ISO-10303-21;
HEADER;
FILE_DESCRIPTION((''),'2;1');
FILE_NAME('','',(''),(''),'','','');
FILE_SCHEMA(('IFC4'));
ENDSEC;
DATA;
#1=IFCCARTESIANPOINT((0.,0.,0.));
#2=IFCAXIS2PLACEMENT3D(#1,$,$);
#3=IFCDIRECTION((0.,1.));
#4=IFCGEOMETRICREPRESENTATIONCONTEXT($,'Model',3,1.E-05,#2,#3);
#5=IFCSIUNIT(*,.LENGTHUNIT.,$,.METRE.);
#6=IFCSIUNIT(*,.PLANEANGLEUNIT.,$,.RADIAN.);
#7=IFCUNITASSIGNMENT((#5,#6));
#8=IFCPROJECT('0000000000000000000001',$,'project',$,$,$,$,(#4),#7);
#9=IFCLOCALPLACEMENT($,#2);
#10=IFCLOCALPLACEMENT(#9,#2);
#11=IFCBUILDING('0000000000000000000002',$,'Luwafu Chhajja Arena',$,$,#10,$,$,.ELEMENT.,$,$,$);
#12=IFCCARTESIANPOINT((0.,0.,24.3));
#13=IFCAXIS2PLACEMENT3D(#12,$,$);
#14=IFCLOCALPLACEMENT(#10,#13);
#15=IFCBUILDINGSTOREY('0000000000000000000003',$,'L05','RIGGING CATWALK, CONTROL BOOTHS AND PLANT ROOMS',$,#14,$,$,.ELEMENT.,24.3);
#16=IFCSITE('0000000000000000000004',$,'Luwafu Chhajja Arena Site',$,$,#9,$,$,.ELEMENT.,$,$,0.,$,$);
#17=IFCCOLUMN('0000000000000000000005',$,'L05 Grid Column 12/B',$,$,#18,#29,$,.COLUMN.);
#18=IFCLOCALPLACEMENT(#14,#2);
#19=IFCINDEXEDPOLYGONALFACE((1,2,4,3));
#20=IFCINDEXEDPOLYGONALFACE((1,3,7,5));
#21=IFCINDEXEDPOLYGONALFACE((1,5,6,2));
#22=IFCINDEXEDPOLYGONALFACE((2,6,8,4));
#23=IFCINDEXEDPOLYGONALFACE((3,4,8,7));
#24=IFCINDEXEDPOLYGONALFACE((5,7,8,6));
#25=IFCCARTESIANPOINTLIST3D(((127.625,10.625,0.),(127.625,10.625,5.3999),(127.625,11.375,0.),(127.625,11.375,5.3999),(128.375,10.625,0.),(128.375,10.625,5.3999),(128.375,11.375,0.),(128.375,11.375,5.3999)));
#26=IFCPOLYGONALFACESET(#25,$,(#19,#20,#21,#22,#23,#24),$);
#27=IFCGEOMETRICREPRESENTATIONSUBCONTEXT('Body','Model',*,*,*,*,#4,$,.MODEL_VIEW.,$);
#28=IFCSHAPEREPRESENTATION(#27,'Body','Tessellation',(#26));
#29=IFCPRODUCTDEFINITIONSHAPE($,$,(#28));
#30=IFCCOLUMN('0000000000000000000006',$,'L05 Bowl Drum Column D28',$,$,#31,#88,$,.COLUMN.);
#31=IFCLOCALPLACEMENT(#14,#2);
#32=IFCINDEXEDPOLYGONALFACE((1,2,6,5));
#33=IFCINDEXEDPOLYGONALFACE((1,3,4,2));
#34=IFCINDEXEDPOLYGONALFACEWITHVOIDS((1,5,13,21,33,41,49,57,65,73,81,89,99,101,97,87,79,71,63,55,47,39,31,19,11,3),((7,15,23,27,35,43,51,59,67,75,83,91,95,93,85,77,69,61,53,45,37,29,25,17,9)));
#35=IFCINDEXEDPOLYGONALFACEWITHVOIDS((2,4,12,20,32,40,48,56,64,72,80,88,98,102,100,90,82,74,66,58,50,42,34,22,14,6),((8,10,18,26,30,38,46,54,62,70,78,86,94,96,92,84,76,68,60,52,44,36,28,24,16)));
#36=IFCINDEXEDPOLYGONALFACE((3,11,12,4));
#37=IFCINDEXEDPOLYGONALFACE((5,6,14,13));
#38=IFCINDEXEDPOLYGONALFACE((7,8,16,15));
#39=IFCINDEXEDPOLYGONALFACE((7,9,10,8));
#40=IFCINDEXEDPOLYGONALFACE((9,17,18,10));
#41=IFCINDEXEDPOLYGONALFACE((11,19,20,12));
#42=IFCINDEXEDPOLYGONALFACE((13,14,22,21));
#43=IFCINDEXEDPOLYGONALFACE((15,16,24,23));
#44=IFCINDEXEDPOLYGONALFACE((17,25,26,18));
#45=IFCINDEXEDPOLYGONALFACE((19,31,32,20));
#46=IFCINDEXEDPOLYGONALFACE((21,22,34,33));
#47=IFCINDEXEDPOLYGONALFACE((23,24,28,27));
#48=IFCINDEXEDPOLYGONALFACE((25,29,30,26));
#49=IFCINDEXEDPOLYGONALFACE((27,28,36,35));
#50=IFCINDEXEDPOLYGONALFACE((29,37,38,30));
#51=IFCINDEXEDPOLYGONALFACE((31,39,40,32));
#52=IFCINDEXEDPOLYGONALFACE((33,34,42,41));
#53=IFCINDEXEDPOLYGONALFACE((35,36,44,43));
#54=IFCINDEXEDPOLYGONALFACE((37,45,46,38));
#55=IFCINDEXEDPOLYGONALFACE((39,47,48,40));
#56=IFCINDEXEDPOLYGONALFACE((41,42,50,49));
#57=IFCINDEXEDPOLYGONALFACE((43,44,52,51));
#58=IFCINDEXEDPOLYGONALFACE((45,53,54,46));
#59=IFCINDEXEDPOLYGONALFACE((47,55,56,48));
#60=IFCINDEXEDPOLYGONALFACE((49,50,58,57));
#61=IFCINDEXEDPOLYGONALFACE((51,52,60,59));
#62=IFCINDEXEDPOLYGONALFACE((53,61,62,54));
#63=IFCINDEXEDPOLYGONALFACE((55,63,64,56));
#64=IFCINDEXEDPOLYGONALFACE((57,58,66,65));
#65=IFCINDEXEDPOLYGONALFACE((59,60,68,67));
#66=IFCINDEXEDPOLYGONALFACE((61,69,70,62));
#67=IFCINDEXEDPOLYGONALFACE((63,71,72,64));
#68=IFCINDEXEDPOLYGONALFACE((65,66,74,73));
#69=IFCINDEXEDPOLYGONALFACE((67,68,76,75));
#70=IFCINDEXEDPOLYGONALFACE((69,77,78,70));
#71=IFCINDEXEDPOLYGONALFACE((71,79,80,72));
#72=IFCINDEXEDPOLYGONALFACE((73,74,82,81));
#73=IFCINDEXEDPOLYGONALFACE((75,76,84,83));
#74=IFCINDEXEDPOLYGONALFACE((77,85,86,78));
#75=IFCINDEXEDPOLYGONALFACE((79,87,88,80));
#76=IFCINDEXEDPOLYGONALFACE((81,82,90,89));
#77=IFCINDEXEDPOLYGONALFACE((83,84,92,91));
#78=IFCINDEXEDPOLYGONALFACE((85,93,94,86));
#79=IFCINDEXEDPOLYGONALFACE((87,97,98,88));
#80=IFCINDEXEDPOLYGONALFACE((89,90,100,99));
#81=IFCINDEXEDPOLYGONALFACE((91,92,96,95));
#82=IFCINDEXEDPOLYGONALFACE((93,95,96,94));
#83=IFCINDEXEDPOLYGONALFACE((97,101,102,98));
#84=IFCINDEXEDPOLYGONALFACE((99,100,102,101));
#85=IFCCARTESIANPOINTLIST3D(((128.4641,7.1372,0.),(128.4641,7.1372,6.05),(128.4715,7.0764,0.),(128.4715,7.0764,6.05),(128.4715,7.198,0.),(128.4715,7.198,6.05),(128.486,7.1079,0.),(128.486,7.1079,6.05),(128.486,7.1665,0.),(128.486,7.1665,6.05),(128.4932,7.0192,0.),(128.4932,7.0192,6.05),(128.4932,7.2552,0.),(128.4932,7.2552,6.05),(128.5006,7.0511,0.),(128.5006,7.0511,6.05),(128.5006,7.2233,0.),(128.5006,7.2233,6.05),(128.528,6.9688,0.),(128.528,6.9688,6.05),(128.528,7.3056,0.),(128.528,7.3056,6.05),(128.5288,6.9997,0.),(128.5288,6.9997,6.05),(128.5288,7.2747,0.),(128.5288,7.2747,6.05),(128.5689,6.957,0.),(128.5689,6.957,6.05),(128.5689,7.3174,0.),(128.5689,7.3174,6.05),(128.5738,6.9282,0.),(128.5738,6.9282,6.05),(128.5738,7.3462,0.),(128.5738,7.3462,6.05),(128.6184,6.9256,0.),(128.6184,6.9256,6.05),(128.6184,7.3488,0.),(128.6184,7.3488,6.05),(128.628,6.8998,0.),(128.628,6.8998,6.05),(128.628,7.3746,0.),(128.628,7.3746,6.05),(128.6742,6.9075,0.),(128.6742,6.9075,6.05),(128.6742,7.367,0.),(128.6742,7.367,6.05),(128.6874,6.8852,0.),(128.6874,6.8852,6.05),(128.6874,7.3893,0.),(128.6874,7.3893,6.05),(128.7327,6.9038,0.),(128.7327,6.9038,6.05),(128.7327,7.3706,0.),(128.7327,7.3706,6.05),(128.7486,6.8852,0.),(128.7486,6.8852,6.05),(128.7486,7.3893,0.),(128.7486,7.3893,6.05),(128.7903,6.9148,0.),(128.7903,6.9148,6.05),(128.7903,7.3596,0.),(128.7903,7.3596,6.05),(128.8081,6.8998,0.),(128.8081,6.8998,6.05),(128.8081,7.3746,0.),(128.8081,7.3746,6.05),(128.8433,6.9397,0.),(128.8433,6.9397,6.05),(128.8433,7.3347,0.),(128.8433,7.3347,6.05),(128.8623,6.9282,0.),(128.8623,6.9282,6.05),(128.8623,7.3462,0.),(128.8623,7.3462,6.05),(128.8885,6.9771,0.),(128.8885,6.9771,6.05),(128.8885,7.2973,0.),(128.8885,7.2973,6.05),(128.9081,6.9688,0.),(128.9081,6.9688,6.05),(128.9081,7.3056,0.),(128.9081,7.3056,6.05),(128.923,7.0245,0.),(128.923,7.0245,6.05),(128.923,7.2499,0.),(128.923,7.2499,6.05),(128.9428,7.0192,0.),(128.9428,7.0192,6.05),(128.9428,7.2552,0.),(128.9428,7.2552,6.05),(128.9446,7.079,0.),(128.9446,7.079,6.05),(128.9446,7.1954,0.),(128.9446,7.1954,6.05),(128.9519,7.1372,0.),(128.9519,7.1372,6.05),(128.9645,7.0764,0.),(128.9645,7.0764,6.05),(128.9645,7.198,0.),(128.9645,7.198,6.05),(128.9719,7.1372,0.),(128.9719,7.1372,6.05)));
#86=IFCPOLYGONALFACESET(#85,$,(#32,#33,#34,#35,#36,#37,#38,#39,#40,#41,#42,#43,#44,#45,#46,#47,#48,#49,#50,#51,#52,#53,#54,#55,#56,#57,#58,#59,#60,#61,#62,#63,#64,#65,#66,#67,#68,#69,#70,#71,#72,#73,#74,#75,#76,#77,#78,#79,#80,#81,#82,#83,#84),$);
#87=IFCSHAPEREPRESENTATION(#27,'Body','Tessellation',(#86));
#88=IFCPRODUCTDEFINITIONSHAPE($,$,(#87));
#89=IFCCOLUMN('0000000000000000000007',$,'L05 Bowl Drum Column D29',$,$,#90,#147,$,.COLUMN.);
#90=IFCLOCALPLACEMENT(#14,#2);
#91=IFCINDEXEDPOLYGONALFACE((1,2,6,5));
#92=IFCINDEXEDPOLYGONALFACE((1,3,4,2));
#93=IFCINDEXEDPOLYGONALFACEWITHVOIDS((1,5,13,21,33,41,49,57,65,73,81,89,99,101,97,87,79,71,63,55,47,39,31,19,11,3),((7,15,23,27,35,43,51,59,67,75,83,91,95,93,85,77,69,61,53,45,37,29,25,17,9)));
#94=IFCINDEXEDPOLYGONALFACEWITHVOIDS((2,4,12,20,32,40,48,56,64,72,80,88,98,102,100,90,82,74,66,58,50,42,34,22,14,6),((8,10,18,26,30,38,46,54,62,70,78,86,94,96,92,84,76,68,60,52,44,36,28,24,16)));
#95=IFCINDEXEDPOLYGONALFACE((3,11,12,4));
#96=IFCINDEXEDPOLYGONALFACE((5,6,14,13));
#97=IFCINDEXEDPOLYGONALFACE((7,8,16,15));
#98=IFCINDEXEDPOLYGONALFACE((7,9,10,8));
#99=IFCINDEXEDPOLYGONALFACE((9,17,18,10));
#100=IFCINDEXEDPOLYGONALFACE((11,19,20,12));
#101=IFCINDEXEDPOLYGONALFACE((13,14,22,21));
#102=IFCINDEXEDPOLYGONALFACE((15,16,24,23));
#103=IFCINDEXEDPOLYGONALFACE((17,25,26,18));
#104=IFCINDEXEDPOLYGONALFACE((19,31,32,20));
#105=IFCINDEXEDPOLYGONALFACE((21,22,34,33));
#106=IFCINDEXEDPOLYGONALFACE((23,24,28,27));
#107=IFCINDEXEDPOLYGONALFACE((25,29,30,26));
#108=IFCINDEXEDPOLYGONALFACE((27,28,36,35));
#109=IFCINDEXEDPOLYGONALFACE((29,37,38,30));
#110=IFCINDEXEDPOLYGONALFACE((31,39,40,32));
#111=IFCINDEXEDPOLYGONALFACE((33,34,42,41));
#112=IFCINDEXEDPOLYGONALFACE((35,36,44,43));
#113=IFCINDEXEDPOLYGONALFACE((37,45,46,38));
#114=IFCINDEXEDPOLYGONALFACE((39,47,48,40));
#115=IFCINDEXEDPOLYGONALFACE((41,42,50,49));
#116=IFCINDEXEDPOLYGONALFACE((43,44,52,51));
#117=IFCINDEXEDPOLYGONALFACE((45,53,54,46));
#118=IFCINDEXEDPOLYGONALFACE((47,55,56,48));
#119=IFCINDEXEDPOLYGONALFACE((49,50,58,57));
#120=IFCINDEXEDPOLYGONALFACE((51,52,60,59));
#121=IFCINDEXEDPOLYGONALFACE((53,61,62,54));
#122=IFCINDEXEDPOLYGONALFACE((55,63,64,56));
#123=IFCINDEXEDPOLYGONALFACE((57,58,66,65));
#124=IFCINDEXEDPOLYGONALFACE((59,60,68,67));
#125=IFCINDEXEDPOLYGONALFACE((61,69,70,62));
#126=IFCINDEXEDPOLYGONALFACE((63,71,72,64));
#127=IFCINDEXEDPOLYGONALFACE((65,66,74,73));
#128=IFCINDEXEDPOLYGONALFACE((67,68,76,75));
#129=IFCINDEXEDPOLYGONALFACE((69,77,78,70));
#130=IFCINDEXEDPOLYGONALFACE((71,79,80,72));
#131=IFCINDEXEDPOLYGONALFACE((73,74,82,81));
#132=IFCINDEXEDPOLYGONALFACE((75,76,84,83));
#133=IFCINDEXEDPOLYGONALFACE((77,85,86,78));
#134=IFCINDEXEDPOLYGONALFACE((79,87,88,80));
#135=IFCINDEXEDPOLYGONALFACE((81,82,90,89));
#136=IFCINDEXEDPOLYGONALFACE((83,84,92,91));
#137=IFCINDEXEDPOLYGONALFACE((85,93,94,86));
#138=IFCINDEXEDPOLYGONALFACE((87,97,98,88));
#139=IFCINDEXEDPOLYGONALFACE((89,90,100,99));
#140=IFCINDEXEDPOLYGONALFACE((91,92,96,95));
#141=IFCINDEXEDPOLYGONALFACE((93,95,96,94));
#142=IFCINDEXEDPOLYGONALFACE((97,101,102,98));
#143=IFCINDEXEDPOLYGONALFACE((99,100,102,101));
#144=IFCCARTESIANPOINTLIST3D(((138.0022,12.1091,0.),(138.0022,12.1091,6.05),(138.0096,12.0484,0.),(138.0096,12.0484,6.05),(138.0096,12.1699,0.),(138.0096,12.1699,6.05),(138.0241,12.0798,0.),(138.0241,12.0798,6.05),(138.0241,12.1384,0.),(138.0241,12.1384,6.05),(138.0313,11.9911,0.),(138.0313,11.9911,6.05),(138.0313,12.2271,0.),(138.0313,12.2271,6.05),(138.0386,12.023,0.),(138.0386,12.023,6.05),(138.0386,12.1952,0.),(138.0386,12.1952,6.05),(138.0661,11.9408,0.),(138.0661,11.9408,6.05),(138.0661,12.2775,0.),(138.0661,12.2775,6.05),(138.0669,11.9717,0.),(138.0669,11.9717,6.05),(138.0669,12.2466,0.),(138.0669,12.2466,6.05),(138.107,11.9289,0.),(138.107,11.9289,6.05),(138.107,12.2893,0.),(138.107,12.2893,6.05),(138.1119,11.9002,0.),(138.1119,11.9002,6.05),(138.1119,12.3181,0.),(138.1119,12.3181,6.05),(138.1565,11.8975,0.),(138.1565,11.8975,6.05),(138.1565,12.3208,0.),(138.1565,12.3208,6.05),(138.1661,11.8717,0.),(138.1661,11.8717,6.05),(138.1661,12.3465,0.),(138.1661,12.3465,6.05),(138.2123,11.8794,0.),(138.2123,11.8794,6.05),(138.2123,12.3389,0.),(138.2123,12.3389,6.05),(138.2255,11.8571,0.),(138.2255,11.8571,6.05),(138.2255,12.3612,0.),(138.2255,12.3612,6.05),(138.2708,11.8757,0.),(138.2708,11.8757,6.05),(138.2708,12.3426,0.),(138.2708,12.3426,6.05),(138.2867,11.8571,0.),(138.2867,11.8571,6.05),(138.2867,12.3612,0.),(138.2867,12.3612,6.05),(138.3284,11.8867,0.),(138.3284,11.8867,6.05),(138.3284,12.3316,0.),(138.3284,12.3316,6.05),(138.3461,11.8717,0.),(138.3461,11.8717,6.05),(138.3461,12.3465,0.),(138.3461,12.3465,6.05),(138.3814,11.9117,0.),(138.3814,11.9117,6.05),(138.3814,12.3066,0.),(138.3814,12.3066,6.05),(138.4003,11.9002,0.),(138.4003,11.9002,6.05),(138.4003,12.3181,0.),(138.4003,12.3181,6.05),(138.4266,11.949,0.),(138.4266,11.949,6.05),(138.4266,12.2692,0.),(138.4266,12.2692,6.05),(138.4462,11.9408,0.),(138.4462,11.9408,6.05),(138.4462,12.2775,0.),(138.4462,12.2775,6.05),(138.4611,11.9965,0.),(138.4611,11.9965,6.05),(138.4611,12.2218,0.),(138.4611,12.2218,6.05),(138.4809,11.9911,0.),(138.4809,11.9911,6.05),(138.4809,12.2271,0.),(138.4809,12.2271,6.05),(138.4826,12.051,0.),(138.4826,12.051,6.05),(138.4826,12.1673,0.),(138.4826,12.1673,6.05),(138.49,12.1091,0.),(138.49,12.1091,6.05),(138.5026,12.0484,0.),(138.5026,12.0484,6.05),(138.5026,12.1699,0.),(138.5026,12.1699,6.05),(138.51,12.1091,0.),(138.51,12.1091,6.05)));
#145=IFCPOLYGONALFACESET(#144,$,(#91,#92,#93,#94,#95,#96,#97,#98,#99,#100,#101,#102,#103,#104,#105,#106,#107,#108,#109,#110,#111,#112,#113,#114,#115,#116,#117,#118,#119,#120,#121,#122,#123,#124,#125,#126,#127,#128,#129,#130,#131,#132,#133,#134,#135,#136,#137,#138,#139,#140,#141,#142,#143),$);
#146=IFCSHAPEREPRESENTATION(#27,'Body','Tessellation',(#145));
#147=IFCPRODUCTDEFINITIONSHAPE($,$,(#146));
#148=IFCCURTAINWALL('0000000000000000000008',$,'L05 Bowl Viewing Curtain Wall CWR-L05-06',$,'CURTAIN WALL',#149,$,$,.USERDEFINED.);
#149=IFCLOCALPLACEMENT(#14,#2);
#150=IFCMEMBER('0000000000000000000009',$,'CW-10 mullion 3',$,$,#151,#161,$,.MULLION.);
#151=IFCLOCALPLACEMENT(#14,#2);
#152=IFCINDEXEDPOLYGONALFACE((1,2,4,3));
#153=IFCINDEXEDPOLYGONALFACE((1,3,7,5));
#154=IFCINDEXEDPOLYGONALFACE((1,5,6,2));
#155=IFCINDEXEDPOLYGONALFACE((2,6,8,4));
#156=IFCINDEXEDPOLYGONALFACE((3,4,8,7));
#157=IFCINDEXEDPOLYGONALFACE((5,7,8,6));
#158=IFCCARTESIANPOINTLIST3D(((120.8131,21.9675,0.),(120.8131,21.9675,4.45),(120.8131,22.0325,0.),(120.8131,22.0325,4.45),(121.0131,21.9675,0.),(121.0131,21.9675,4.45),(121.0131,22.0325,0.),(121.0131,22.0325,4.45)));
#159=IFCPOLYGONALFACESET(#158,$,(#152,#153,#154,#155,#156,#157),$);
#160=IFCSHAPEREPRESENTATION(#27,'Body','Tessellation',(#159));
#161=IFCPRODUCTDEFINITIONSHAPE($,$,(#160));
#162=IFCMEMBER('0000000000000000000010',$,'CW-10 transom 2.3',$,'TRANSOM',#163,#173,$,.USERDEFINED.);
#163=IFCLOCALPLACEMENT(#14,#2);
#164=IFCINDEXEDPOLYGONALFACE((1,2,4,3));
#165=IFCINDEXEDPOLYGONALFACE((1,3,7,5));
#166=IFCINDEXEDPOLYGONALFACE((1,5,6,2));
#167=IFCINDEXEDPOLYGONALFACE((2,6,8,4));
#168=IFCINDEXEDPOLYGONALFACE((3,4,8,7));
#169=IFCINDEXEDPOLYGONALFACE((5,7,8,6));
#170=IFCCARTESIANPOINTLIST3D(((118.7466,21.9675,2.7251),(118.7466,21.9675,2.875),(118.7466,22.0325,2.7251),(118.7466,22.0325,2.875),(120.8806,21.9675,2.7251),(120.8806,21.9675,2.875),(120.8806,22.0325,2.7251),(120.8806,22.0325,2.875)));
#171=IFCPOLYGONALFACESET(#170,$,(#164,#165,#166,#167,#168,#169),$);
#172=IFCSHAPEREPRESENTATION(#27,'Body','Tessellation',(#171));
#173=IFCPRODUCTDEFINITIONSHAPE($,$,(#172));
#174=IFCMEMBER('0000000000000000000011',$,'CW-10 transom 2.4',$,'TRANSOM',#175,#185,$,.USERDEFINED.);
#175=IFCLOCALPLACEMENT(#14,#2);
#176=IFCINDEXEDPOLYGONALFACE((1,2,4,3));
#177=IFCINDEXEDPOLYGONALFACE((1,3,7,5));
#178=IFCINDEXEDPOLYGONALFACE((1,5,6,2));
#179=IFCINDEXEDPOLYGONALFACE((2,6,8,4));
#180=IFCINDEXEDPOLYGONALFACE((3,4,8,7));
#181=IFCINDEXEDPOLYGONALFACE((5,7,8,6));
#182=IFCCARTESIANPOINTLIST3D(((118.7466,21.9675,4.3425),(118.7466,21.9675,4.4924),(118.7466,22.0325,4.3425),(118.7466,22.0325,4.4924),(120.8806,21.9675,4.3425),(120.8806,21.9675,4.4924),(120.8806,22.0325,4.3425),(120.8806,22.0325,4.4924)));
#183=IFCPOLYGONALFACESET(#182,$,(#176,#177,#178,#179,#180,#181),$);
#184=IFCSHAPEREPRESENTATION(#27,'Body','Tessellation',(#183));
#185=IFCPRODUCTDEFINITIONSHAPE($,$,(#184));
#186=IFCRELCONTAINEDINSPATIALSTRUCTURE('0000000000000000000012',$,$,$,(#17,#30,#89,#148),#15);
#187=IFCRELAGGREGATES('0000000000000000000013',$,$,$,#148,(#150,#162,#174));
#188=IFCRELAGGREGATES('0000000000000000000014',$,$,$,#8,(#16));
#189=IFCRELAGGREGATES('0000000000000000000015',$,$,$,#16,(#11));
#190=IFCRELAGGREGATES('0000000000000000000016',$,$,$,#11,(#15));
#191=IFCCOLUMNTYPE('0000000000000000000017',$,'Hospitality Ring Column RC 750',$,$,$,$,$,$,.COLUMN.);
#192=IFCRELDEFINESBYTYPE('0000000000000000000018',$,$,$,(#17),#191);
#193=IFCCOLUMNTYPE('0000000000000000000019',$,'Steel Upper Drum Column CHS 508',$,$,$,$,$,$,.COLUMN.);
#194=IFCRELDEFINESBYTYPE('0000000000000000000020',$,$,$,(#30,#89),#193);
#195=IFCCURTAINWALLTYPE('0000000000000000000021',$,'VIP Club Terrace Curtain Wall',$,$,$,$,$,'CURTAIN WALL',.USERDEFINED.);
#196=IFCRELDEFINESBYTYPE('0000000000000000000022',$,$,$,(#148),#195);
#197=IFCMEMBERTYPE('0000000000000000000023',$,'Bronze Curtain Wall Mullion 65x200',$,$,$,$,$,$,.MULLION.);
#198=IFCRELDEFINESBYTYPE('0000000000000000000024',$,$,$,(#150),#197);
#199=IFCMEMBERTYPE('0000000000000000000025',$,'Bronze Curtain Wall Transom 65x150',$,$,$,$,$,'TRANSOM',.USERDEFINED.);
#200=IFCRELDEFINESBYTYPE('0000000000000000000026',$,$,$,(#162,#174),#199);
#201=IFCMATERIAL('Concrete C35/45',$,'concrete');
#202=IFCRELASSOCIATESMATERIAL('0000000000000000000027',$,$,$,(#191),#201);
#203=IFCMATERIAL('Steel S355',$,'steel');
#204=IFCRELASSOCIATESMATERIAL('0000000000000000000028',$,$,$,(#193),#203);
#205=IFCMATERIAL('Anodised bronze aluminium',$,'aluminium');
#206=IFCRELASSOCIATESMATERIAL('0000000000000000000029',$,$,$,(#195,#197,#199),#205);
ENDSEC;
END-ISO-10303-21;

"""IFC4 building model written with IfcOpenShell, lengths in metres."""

from ifc_helpers import new_model, si_unit, direction, frame, origin, origin_2d, place, context, subcontext, project, spatial, rectangle, hollow_circle, extrude, material, material_profile, profile_set, type_object, element, aggregate, save


model = new_model("IFC4")

# Units and contexts
model_context = context("Model", 3, precision=1e-05, world=origin(), true_north=direction((0.0, 1.0)))
body_context = subcontext(model_context, "Body", "Model", "MODEL_VIEW")
ifc_project = project(units=[si_unit("LENGTHUNIT", "METRE"), si_unit("PLANEANGLEUNIT", "RADIAN")], contexts=[model_context])

# Site, building, storey
site_placement = place(None, origin())
site = spatial("IfcSite", under=ifc_project, at=site_placement, Name="Luwafu Chhajja Arena Site", CompositionType="ELEMENT", RefElevation=0.0)
building_placement = place(site_placement, origin())
building = spatial("IfcBuilding", under=site, at=building_placement, Name="Luwafu Chhajja Arena", CompositionType="ELEMENT")
storey_placement = place(building_placement, frame((0.0, 0.0, 24.3)))
storey = spatial("IfcBuildingStorey", under=building, at=storey_placement, Name="L05", Description="RIGGING CATWALK, CONTROL BOOTHS AND PLANT ROOMS", CompositionType="ELEMENT", Elevation=24.3)

# Columns
ifc_material_1 = material(Name="Concrete C35/45", Category="concrete")
ifc_material_profile_1 = material_profile(ifc_material_1, rectangle(XDim=0.75, YDim=0.75, at=origin_2d()), Name="RC 750x750")
ifc_profile_set_1 = profile_set([ifc_material_profile_1], Name="Concrete C35/45")
column_type_1 = type_object("IfcColumnType", Name="Hospitality Ring Column RC 750", PredefinedType="COLUMN", material=ifc_profile_set_1)
column_placement = place(storey_placement, frame((128.0, 11.0, 0.0), z_axis=(0.0, 0.0, 1.0), x_axis=(1.0, 0.0, 0.0)))
element("IfcColumn", 1, at=column_placement, inside=storey, type_object=column_type_1, Name="L05 Grid Column 12/B", PredefinedType="COLUMN", context=body_context, shape_type="SweptSolid", body=[
    extrude(rectangle(XDim=0.75, YDim=0.75, at=origin_2d()), origin(), (0.0, 0.0, 1.0), 5.3999),
])
ifc_material_2 = material(Name="Steel S355", Category="steel")
ifc_material_profile_2 = material_profile(ifc_material_2, hollow_circle(Radius=0.2539, WallThickness=0.02, at=origin_2d()), Name="CHS 508x20")
ifc_profile_set_2 = profile_set([ifc_material_profile_2], Name="Steel S355")
column_type_2 = type_object("IfcColumnType", Name="Steel Upper Drum Column CHS 508", PredefinedType="COLUMN", material=ifc_profile_set_2)
for number, where, z_axis, x_axis, name in (
    (2, (128.718, 7.1372, 0.0), (0.0, 0.0, 1.0), (1.0, 0.0, 0.0), "L05 Bowl Drum Column D28"),
    (3, (138.2561, 12.1091, 0.0), (0.0, 0.0, 1.0), (1.0, 0.0, 0.0), "L05 Bowl Drum Column D29"),
):
    element("IfcColumn", number, at=place(storey_placement, frame(where, z_axis=z_axis, x_axis=x_axis)), inside=storey, type_object=column_type_2, Name=name, PredefinedType="COLUMN", context=body_context, shape_type="SweptSolid", body=[
        extrude(hollow_circle(Radius=0.2539, WallThickness=0.02, at=origin_2d()), origin(), (0.0, 0.0, 1.0), 6.05),
    ])

# Curtain wall, members
ifc_material_3 = material(Name="Anodised bronze aluminium", Category="aluminium")
curtain_wall_type = type_object("IfcCurtainWallType", Name="VIP Club Terrace Curtain Wall", ElementType="CURTAIN WALL", PredefinedType="USERDEFINED", material=ifc_material_3)
curtain_wall_placement = place(storey_placement, origin())
curtain_wall = element("IfcCurtainWall", 4, at=curtain_wall_placement, inside=storey, type_object=curtain_wall_type, Name="L05 Bowl Viewing Curtain Wall CWR-L05-06", ObjectType="CURTAIN WALL", PredefinedType="USERDEFINED")
ifc_material_profile_3 = material_profile(ifc_material_3, rectangle(XDim=0.0649, YDim=0.2, at=origin_2d()), Name="CWM 65x200")
ifc_profile_set_3 = profile_set([ifc_material_profile_3], Name="Anodised bronze aluminium")
member_type_1 = type_object("IfcMemberType", Name="Bronze Curtain Wall Mullion 65x200", PredefinedType="MULLION", material=ifc_profile_set_3)
member_1_placement = place(storey_placement, frame((120.9131, 22.0, 0.0), z_axis=(0.0, 0.0, 1.0), x_axis=(0.0, 1.0, 0.0)))
member_1 = element("IfcMember", 5, at=member_1_placement, type_object=member_type_1, Name="CW-10 mullion 3", PredefinedType="MULLION", context=body_context, shape_type="SweptSolid", body=[
    extrude(rectangle(XDim=0.0649, YDim=0.2, at=origin_2d()), origin(), (0.0, 0.0, 1.0), 4.45),
])
ifc_material_profile_4 = material_profile(ifc_material_3, rectangle(XDim=0.0649, YDim=0.1499, at=origin_2d()), Name="CWT 65x150")
ifc_profile_set_4 = profile_set([ifc_material_profile_4], Name="Anodised bronze aluminium")
member_type_2 = type_object("IfcMemberType", Name="Bronze Curtain Wall Transom 65x150", ElementType="TRANSOM", PredefinedType="USERDEFINED", material=ifc_profile_set_4)
member_2_placement = place(storey_placement, frame((118.7466, 22.0, 2.8), z_axis=(1.0, 0.0, 0.0), x_axis=(0.0, 1.0, 0.0)))
member_2 = element("IfcMember", 6, at=member_2_placement, type_object=member_type_2, Name="CW-10 transom 2.3", ObjectType="TRANSOM", PredefinedType="USERDEFINED", context=body_context, shape_type="SweptSolid", body=[
    extrude(rectangle(XDim=0.0649, YDim=0.1499, at=origin_2d()), origin(), (0.0, 0.0, 1.0), 2.134),
])
member_3_placement = place(storey_placement, frame((118.7466, 22.0, 4.4175), z_axis=(1.0, 0.0, 0.0), x_axis=(0.0, 1.0, 0.0)))
member_3 = element("IfcMember", 7, at=member_3_placement, type_object=member_type_2, Name="CW-10 transom 2.4", ObjectType="TRANSOM", PredefinedType="USERDEFINED", context=body_context, shape_type="SweptSolid", body=[
    extrude(rectangle(XDim=0.0649, YDim=0.1499, at=origin_2d()), origin(), (0.0, 0.0, 1.0), 2.134),
])

aggregate(curtain_wall, [member_1, member_2, member_3])

save(model, "model.ifc")
